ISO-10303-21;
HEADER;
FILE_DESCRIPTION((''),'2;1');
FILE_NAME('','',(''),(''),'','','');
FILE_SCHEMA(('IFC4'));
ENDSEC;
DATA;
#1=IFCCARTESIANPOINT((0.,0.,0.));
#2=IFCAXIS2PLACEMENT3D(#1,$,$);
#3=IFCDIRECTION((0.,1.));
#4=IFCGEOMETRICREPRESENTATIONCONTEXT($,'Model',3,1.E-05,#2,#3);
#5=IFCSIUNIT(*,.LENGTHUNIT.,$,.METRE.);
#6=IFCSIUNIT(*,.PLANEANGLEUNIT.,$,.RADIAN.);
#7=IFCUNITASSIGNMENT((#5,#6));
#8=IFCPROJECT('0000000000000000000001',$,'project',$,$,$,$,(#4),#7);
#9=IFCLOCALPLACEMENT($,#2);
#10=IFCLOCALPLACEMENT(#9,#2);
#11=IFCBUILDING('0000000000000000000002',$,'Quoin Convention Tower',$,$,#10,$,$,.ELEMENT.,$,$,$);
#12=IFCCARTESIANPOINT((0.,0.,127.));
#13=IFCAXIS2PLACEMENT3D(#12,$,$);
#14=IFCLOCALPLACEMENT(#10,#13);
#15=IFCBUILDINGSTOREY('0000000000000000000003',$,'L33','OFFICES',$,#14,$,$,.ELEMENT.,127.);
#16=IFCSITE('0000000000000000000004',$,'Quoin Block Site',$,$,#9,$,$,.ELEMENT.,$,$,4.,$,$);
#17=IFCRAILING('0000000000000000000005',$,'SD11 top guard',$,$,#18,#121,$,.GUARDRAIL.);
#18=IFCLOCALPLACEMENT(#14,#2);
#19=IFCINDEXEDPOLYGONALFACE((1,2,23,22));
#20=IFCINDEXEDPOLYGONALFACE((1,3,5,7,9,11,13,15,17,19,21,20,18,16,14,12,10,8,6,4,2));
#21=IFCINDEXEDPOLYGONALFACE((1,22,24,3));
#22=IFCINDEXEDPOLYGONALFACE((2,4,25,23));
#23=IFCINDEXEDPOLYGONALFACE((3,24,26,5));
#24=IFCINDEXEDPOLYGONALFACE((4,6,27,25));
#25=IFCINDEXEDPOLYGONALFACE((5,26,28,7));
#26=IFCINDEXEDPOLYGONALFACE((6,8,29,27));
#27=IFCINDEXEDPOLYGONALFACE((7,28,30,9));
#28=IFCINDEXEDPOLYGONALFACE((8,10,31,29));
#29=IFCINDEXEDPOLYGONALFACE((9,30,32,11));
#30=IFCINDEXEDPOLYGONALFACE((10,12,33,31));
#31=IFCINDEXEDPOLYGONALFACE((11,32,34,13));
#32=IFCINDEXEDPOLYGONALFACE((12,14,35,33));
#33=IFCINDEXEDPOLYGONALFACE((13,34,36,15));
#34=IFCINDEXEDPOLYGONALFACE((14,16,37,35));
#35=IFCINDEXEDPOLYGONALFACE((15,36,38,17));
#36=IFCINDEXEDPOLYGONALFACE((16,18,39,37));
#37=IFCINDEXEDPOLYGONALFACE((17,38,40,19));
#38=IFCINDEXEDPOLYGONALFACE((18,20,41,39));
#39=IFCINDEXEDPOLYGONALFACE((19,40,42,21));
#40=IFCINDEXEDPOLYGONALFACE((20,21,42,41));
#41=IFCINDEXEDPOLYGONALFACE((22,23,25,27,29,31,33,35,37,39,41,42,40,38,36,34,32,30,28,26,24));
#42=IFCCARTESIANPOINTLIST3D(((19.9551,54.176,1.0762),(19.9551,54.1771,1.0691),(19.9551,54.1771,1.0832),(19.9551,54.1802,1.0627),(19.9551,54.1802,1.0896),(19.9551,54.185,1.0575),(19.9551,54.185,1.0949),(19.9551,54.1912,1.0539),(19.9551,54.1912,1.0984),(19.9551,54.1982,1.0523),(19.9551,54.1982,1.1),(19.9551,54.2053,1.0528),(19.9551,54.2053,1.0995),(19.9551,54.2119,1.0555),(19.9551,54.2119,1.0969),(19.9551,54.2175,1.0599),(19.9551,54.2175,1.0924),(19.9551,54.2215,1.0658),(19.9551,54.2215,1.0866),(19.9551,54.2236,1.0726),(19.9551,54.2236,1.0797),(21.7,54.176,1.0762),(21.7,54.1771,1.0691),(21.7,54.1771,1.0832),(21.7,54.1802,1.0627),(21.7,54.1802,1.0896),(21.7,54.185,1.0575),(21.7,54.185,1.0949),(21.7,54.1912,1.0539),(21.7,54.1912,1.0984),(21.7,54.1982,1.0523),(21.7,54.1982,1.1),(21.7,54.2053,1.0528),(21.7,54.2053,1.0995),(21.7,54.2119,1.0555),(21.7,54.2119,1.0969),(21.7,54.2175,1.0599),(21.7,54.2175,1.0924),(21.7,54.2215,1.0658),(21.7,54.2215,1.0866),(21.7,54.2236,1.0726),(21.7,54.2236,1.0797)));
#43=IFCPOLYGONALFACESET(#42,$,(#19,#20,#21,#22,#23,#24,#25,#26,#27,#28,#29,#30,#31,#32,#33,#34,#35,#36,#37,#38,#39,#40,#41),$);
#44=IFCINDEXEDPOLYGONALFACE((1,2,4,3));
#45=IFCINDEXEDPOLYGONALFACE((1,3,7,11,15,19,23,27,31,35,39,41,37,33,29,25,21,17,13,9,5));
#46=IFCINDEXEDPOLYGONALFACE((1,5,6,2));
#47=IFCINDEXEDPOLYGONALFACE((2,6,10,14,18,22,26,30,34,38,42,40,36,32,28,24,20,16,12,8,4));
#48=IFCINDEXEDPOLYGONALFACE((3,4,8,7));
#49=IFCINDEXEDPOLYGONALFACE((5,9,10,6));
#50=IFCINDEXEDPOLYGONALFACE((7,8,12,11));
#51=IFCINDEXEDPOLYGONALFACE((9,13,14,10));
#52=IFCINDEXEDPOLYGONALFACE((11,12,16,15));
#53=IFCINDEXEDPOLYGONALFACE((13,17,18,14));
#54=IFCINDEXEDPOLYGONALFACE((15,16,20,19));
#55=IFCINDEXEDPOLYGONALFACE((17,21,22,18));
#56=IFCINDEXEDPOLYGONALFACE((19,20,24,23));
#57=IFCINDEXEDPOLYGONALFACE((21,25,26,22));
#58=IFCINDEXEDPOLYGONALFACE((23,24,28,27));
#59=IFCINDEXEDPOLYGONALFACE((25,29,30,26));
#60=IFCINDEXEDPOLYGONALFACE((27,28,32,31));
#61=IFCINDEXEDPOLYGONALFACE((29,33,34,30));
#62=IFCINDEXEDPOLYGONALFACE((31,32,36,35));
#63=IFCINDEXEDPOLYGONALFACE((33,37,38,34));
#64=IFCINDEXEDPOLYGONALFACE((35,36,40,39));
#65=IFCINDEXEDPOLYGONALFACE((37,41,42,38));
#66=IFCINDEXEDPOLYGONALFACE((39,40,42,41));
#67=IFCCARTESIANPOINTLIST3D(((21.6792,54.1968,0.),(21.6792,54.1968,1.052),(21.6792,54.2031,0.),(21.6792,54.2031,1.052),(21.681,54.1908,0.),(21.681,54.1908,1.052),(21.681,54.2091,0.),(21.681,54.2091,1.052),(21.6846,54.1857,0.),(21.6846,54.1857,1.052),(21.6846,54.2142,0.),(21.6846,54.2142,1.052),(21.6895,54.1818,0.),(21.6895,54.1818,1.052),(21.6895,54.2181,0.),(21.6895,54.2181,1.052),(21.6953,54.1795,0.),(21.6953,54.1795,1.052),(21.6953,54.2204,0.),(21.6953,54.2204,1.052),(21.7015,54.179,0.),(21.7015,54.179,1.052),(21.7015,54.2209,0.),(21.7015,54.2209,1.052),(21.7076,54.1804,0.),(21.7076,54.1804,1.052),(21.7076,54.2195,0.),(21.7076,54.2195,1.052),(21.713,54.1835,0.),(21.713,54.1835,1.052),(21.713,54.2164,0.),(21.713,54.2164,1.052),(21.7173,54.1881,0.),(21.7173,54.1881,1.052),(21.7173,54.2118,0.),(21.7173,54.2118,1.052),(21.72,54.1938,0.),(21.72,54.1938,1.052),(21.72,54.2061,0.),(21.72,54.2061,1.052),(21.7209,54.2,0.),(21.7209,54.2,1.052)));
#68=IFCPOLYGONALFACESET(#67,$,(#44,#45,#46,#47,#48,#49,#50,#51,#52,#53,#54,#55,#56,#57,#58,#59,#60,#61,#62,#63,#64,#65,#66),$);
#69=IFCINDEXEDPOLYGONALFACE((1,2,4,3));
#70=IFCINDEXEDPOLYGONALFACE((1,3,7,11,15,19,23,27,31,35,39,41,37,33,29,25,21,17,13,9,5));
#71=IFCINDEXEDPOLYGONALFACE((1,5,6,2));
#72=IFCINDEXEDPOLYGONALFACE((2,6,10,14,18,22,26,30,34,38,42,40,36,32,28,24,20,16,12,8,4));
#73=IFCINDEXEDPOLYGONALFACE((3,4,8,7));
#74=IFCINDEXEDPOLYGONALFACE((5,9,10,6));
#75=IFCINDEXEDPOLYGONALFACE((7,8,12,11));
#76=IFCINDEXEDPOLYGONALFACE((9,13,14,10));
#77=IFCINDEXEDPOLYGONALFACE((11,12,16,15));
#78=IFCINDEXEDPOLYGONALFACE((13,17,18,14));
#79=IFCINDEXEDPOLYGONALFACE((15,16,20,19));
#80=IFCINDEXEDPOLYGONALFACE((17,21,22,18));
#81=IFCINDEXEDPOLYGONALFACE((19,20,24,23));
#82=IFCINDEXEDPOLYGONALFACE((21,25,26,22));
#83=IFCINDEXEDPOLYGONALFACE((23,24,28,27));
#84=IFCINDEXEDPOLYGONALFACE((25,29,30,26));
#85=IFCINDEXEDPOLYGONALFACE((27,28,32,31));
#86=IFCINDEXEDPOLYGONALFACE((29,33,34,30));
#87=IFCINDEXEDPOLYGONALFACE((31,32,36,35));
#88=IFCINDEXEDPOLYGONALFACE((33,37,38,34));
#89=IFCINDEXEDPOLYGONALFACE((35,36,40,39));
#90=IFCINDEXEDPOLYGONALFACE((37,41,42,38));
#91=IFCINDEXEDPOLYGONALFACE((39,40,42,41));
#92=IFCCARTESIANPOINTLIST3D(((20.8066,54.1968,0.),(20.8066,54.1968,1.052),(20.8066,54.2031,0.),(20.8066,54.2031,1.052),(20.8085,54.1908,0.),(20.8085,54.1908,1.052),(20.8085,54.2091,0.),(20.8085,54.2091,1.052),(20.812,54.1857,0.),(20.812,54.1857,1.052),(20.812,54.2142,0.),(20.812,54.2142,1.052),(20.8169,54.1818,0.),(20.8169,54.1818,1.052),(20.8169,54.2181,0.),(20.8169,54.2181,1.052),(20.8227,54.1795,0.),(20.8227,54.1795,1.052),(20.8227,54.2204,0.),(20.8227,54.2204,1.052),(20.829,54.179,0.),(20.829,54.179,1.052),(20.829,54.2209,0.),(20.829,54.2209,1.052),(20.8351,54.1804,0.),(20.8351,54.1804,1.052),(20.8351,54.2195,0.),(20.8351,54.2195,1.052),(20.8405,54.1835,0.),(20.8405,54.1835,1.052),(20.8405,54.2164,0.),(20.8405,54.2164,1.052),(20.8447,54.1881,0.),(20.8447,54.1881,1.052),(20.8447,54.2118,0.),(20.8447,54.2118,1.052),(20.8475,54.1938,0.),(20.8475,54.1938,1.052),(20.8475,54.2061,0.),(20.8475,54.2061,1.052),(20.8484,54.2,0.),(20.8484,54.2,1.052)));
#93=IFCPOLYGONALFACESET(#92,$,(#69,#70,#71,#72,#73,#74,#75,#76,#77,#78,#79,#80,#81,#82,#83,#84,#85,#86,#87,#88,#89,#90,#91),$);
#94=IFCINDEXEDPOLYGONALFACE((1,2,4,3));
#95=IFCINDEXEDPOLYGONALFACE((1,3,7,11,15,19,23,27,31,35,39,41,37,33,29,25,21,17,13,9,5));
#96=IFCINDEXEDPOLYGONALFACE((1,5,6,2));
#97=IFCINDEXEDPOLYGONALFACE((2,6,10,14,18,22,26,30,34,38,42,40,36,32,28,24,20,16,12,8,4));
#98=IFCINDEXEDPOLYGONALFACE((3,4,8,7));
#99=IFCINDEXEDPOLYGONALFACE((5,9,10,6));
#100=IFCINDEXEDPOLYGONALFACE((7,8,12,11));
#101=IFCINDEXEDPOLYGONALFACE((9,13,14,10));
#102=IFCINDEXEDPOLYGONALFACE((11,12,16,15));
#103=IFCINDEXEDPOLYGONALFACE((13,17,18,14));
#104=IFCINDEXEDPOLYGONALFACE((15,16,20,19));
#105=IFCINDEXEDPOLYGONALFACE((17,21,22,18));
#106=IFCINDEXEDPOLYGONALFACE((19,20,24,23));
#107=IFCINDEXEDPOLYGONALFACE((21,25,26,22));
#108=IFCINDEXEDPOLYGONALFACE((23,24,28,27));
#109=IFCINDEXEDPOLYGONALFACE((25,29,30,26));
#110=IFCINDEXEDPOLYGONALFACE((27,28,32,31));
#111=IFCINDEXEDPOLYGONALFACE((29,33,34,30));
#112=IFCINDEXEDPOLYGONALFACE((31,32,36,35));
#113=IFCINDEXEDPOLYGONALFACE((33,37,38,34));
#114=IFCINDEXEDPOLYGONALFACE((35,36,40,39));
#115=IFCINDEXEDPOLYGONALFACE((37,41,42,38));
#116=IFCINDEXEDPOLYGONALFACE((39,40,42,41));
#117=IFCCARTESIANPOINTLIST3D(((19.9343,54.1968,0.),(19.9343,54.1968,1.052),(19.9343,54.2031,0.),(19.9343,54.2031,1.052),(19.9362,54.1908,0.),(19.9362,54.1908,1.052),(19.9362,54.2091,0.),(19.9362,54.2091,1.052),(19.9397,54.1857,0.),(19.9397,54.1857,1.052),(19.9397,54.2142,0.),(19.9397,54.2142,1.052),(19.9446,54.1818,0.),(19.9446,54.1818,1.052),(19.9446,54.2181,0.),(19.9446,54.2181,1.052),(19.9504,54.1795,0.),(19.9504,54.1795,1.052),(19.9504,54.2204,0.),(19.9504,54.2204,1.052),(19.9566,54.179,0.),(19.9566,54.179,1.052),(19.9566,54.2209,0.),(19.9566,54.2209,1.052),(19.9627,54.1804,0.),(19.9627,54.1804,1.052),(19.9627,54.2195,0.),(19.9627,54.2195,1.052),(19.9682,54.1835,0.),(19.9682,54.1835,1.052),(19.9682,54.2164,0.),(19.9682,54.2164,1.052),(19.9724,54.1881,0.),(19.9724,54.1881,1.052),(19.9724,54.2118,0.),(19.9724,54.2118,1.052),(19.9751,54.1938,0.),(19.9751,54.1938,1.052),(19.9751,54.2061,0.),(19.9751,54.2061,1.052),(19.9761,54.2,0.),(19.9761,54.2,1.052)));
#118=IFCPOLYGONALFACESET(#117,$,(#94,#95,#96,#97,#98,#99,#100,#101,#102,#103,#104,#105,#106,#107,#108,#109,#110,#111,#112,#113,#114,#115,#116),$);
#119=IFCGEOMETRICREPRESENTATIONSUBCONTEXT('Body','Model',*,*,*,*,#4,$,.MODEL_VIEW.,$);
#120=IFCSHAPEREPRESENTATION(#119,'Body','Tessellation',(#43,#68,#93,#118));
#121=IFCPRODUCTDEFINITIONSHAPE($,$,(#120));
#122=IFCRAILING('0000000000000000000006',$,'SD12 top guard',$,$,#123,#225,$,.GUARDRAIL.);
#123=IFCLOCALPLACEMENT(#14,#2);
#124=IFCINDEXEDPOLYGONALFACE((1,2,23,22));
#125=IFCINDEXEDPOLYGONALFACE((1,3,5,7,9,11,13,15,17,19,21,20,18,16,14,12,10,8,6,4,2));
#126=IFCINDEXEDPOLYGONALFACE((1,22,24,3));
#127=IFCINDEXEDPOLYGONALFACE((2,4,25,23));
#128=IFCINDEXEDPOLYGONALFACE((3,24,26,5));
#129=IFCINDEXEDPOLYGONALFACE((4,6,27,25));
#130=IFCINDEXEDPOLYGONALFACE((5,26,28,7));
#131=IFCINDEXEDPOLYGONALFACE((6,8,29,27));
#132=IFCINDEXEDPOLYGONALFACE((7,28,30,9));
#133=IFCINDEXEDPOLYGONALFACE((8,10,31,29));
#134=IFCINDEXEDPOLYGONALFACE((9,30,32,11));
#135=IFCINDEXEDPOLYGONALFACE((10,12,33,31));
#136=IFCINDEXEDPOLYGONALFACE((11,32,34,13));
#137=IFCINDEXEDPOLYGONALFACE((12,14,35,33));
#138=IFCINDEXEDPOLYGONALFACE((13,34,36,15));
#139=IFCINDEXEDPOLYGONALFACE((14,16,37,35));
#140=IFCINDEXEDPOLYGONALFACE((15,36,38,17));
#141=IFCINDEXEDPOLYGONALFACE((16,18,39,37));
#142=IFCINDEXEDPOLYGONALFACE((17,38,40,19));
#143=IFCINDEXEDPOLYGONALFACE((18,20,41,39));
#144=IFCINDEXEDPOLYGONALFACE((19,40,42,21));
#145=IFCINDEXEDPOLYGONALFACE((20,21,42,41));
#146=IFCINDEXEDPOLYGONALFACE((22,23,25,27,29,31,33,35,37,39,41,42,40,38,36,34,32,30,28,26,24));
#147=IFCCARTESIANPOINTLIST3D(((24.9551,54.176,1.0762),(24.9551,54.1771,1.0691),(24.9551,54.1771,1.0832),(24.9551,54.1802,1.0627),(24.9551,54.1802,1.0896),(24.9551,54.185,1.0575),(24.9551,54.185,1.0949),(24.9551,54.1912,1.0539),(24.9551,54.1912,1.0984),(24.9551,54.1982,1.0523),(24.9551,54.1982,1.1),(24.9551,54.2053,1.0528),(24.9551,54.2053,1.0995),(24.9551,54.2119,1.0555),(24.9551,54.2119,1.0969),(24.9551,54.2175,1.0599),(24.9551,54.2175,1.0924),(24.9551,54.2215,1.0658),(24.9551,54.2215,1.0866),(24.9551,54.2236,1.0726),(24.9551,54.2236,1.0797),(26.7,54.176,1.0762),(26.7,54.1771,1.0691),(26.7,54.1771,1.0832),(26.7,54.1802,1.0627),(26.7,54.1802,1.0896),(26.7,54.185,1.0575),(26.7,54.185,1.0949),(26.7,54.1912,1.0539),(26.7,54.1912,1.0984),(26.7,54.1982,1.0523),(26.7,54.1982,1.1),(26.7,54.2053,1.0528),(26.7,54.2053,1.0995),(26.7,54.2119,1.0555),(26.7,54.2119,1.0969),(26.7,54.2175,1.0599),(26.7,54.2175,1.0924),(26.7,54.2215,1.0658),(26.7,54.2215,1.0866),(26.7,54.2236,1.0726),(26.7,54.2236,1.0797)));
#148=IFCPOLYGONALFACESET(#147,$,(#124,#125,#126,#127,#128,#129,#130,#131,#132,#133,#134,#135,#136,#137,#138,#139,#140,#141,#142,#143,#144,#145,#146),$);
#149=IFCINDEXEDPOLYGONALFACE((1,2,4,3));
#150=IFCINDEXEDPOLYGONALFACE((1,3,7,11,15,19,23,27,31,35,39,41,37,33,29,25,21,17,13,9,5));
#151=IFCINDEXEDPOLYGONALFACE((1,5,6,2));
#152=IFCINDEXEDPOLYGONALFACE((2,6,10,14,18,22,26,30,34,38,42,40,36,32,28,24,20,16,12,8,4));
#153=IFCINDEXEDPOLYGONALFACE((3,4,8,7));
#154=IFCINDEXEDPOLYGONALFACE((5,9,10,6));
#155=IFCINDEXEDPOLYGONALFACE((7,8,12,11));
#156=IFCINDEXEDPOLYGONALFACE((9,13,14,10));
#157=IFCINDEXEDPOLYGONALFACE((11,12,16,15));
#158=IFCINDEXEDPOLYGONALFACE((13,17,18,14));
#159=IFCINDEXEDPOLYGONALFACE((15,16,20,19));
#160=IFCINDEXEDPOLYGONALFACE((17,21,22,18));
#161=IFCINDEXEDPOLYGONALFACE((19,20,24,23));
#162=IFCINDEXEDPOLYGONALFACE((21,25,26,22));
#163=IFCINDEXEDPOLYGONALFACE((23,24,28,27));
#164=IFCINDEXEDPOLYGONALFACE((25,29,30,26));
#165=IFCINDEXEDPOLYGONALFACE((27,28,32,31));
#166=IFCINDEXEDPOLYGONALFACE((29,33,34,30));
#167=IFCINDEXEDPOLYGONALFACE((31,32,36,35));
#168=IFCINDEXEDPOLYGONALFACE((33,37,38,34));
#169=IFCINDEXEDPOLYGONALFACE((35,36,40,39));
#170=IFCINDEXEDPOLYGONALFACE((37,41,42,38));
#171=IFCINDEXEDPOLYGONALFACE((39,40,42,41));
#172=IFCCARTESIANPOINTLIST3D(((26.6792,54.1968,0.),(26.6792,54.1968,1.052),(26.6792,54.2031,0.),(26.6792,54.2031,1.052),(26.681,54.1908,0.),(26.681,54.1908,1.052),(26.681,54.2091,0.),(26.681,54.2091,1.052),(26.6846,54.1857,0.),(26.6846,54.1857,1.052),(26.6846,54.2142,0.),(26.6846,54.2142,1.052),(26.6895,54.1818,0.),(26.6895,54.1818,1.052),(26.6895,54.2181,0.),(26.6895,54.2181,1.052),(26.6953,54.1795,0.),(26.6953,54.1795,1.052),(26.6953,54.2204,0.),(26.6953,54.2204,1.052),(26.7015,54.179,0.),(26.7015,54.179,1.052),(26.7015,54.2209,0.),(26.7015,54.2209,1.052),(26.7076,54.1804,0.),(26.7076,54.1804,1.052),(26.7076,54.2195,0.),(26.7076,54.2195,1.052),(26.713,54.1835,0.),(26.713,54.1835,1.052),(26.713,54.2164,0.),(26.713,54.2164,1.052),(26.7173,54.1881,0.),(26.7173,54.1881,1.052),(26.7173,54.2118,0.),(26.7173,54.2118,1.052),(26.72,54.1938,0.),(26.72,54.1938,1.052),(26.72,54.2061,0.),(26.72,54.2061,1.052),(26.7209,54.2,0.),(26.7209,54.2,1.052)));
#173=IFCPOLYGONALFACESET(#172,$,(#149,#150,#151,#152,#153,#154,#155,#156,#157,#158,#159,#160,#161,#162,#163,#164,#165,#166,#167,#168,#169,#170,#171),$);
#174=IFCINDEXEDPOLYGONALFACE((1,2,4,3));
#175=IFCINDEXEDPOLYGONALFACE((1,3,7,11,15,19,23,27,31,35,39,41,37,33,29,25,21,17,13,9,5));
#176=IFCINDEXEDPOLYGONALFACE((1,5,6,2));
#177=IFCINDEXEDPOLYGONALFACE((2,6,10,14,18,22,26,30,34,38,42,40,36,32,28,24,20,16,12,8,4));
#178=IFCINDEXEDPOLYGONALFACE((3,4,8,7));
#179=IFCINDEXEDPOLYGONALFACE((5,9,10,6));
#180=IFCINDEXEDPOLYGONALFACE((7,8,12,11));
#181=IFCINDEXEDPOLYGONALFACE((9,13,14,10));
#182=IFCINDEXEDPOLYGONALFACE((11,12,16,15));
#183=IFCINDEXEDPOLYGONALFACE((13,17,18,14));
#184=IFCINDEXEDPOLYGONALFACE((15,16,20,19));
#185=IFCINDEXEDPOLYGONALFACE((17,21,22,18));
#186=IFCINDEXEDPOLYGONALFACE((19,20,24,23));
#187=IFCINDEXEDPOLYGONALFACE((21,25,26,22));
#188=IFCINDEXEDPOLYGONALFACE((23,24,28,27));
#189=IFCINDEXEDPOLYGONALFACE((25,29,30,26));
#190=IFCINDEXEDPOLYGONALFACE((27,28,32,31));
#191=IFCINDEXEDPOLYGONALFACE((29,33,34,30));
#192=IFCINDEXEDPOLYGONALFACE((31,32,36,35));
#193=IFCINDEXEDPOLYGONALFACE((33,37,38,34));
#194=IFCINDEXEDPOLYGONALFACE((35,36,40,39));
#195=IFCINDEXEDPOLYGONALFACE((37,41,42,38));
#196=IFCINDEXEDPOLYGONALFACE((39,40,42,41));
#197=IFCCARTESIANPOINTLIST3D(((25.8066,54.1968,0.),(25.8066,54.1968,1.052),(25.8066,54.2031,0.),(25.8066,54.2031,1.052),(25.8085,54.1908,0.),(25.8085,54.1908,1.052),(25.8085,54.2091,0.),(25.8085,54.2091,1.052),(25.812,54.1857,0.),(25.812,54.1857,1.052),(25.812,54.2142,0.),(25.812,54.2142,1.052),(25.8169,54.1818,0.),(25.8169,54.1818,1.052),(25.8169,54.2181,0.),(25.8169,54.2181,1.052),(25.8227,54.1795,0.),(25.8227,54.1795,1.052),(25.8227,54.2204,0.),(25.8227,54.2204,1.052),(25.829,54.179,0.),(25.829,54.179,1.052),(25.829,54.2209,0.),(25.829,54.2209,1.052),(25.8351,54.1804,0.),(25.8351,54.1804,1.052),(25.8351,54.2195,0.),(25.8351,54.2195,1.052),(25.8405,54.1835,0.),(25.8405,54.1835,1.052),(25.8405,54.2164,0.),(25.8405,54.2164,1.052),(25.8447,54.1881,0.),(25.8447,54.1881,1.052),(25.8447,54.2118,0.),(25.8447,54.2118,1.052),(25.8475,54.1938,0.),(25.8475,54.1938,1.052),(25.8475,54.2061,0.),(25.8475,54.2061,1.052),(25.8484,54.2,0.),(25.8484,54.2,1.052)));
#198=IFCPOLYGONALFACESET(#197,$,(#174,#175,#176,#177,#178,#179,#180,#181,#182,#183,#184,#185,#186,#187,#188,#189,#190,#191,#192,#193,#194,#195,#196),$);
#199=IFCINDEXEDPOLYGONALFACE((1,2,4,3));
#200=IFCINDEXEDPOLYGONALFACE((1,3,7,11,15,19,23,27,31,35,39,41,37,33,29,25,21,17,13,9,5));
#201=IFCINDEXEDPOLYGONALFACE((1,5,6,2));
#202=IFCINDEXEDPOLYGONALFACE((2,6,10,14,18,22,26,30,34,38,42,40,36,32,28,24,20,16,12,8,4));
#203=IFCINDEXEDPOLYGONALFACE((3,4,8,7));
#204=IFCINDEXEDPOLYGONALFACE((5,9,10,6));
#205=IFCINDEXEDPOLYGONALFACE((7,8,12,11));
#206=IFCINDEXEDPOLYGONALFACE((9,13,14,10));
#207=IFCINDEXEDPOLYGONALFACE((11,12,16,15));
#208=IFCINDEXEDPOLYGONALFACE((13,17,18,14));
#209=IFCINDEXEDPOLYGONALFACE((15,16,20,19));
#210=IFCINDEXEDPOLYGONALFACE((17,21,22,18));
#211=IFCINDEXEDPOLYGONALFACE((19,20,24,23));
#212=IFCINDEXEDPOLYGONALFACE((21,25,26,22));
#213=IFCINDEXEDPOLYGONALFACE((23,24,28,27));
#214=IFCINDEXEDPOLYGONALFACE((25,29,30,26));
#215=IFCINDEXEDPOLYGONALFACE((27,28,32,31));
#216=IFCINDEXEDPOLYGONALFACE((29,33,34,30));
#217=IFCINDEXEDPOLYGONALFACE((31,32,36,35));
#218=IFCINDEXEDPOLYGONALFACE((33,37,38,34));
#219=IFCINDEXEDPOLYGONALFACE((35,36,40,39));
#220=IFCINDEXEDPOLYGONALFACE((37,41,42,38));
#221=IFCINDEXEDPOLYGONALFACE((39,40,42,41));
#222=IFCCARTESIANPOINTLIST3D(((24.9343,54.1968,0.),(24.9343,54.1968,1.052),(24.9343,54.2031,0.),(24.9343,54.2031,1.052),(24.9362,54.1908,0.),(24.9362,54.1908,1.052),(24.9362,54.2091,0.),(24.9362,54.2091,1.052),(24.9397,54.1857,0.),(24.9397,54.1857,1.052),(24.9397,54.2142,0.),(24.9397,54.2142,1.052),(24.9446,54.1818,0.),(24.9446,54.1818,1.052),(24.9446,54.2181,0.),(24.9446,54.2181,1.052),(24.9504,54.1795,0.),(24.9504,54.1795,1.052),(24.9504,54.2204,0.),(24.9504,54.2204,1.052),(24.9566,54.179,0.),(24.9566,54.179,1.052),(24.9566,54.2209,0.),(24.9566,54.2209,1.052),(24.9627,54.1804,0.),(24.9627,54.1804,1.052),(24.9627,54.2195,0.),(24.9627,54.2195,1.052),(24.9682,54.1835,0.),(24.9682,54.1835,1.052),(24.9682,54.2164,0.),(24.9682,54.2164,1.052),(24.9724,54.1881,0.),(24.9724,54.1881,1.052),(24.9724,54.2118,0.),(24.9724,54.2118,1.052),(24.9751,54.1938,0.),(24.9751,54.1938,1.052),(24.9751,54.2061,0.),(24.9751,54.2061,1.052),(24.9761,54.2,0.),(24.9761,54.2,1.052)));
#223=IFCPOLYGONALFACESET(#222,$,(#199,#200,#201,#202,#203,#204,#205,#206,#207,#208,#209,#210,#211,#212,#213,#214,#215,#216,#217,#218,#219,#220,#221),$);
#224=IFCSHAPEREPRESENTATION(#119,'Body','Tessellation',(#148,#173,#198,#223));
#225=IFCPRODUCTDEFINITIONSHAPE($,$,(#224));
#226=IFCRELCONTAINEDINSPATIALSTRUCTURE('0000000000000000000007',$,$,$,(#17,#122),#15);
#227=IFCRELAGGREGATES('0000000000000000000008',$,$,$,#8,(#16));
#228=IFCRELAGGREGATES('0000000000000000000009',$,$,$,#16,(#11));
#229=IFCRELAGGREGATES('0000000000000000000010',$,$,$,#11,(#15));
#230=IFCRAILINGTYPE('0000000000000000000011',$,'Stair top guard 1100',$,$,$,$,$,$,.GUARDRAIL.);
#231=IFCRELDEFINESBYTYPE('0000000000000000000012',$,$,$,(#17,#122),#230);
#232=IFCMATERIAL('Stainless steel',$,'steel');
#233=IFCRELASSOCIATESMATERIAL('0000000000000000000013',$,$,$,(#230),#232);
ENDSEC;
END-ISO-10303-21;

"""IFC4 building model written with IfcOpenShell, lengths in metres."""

from ifc_helpers import new_model, si_unit, direction, frame, origin, origin_2d, place, context, subcontext, project, spatial, circle, extrude, material, type_object, element, save


model = new_model("IFC4")

# Units and contexts
model_context = context("Model", 3, precision=1e-05, world=origin(), true_north=direction((0.0, 1.0)))
body_context = subcontext(model_context, "Body", "Model", "MODEL_VIEW")
ifc_project = project(units=[si_unit("LENGTHUNIT", "METRE"), si_unit("PLANEANGLEUNIT", "RADIAN")], contexts=[model_context])

# Site, building, storey
site_placement = place(None, origin())
site = spatial("IfcSite", under=ifc_project, at=site_placement, Name="Quoin Block Site", CompositionType="ELEMENT", RefElevation=4.0)
building_placement = place(site_placement, origin())
building = spatial("IfcBuilding", under=site, at=building_placement, Name="Quoin Convention Tower", CompositionType="ELEMENT")
storey_placement = place(building_placement, frame((0.0, 0.0, 127.0)))
storey = spatial("IfcBuildingStorey", under=building, at=storey_placement, Name="L33", Description="OFFICES", CompositionType="ELEMENT", Elevation=127.0)

# Railings
ifc_material_1 = material(Name="Stainless steel", Category="steel")
railing_type_1 = type_object("IfcRailingType", Name="Stair top guard 1100", PredefinedType="GUARDRAIL", material=ifc_material_1)
for number, where, name in (
    (1, (21.7, 54.2, 0.0), "SD11 top guard"),
    (2, (26.7, 54.2, 0.0), "SD12 top guard"),
):
    element("IfcRailing", number, at=place(storey_placement, frame(where)), inside=storey, type_object=railing_type_1, Name=name, PredefinedType="GUARDRAIL", context=body_context, shape_type="SweptSolid", body=[
        extrude(circle(Radius=0.0239, at=origin_2d()), frame((0.0, 0.0, 1.0762), z_axis=(-1.0, 0.0, 0.0), x_axis=(0.0, -1.0, 0.0)), (0.0, 0.0, 1.0), 1.7449),
        extrude(circle(Radius=0.021, at=origin_2d()), origin(), (0.0, 0.0, 1.0), 1.052),
        extrude(circle(Radius=0.021, at=origin_2d()), frame((-0.8726, 0.0, 0.0)), (0.0, 0.0, 1.0), 1.052),
        extrude(circle(Radius=0.021, at=origin_2d()), frame((-1.7449, 0.0, 0.0)), (0.0, 0.0, 1.0), 1.052),
    ])

save(model, "model.ifc")
